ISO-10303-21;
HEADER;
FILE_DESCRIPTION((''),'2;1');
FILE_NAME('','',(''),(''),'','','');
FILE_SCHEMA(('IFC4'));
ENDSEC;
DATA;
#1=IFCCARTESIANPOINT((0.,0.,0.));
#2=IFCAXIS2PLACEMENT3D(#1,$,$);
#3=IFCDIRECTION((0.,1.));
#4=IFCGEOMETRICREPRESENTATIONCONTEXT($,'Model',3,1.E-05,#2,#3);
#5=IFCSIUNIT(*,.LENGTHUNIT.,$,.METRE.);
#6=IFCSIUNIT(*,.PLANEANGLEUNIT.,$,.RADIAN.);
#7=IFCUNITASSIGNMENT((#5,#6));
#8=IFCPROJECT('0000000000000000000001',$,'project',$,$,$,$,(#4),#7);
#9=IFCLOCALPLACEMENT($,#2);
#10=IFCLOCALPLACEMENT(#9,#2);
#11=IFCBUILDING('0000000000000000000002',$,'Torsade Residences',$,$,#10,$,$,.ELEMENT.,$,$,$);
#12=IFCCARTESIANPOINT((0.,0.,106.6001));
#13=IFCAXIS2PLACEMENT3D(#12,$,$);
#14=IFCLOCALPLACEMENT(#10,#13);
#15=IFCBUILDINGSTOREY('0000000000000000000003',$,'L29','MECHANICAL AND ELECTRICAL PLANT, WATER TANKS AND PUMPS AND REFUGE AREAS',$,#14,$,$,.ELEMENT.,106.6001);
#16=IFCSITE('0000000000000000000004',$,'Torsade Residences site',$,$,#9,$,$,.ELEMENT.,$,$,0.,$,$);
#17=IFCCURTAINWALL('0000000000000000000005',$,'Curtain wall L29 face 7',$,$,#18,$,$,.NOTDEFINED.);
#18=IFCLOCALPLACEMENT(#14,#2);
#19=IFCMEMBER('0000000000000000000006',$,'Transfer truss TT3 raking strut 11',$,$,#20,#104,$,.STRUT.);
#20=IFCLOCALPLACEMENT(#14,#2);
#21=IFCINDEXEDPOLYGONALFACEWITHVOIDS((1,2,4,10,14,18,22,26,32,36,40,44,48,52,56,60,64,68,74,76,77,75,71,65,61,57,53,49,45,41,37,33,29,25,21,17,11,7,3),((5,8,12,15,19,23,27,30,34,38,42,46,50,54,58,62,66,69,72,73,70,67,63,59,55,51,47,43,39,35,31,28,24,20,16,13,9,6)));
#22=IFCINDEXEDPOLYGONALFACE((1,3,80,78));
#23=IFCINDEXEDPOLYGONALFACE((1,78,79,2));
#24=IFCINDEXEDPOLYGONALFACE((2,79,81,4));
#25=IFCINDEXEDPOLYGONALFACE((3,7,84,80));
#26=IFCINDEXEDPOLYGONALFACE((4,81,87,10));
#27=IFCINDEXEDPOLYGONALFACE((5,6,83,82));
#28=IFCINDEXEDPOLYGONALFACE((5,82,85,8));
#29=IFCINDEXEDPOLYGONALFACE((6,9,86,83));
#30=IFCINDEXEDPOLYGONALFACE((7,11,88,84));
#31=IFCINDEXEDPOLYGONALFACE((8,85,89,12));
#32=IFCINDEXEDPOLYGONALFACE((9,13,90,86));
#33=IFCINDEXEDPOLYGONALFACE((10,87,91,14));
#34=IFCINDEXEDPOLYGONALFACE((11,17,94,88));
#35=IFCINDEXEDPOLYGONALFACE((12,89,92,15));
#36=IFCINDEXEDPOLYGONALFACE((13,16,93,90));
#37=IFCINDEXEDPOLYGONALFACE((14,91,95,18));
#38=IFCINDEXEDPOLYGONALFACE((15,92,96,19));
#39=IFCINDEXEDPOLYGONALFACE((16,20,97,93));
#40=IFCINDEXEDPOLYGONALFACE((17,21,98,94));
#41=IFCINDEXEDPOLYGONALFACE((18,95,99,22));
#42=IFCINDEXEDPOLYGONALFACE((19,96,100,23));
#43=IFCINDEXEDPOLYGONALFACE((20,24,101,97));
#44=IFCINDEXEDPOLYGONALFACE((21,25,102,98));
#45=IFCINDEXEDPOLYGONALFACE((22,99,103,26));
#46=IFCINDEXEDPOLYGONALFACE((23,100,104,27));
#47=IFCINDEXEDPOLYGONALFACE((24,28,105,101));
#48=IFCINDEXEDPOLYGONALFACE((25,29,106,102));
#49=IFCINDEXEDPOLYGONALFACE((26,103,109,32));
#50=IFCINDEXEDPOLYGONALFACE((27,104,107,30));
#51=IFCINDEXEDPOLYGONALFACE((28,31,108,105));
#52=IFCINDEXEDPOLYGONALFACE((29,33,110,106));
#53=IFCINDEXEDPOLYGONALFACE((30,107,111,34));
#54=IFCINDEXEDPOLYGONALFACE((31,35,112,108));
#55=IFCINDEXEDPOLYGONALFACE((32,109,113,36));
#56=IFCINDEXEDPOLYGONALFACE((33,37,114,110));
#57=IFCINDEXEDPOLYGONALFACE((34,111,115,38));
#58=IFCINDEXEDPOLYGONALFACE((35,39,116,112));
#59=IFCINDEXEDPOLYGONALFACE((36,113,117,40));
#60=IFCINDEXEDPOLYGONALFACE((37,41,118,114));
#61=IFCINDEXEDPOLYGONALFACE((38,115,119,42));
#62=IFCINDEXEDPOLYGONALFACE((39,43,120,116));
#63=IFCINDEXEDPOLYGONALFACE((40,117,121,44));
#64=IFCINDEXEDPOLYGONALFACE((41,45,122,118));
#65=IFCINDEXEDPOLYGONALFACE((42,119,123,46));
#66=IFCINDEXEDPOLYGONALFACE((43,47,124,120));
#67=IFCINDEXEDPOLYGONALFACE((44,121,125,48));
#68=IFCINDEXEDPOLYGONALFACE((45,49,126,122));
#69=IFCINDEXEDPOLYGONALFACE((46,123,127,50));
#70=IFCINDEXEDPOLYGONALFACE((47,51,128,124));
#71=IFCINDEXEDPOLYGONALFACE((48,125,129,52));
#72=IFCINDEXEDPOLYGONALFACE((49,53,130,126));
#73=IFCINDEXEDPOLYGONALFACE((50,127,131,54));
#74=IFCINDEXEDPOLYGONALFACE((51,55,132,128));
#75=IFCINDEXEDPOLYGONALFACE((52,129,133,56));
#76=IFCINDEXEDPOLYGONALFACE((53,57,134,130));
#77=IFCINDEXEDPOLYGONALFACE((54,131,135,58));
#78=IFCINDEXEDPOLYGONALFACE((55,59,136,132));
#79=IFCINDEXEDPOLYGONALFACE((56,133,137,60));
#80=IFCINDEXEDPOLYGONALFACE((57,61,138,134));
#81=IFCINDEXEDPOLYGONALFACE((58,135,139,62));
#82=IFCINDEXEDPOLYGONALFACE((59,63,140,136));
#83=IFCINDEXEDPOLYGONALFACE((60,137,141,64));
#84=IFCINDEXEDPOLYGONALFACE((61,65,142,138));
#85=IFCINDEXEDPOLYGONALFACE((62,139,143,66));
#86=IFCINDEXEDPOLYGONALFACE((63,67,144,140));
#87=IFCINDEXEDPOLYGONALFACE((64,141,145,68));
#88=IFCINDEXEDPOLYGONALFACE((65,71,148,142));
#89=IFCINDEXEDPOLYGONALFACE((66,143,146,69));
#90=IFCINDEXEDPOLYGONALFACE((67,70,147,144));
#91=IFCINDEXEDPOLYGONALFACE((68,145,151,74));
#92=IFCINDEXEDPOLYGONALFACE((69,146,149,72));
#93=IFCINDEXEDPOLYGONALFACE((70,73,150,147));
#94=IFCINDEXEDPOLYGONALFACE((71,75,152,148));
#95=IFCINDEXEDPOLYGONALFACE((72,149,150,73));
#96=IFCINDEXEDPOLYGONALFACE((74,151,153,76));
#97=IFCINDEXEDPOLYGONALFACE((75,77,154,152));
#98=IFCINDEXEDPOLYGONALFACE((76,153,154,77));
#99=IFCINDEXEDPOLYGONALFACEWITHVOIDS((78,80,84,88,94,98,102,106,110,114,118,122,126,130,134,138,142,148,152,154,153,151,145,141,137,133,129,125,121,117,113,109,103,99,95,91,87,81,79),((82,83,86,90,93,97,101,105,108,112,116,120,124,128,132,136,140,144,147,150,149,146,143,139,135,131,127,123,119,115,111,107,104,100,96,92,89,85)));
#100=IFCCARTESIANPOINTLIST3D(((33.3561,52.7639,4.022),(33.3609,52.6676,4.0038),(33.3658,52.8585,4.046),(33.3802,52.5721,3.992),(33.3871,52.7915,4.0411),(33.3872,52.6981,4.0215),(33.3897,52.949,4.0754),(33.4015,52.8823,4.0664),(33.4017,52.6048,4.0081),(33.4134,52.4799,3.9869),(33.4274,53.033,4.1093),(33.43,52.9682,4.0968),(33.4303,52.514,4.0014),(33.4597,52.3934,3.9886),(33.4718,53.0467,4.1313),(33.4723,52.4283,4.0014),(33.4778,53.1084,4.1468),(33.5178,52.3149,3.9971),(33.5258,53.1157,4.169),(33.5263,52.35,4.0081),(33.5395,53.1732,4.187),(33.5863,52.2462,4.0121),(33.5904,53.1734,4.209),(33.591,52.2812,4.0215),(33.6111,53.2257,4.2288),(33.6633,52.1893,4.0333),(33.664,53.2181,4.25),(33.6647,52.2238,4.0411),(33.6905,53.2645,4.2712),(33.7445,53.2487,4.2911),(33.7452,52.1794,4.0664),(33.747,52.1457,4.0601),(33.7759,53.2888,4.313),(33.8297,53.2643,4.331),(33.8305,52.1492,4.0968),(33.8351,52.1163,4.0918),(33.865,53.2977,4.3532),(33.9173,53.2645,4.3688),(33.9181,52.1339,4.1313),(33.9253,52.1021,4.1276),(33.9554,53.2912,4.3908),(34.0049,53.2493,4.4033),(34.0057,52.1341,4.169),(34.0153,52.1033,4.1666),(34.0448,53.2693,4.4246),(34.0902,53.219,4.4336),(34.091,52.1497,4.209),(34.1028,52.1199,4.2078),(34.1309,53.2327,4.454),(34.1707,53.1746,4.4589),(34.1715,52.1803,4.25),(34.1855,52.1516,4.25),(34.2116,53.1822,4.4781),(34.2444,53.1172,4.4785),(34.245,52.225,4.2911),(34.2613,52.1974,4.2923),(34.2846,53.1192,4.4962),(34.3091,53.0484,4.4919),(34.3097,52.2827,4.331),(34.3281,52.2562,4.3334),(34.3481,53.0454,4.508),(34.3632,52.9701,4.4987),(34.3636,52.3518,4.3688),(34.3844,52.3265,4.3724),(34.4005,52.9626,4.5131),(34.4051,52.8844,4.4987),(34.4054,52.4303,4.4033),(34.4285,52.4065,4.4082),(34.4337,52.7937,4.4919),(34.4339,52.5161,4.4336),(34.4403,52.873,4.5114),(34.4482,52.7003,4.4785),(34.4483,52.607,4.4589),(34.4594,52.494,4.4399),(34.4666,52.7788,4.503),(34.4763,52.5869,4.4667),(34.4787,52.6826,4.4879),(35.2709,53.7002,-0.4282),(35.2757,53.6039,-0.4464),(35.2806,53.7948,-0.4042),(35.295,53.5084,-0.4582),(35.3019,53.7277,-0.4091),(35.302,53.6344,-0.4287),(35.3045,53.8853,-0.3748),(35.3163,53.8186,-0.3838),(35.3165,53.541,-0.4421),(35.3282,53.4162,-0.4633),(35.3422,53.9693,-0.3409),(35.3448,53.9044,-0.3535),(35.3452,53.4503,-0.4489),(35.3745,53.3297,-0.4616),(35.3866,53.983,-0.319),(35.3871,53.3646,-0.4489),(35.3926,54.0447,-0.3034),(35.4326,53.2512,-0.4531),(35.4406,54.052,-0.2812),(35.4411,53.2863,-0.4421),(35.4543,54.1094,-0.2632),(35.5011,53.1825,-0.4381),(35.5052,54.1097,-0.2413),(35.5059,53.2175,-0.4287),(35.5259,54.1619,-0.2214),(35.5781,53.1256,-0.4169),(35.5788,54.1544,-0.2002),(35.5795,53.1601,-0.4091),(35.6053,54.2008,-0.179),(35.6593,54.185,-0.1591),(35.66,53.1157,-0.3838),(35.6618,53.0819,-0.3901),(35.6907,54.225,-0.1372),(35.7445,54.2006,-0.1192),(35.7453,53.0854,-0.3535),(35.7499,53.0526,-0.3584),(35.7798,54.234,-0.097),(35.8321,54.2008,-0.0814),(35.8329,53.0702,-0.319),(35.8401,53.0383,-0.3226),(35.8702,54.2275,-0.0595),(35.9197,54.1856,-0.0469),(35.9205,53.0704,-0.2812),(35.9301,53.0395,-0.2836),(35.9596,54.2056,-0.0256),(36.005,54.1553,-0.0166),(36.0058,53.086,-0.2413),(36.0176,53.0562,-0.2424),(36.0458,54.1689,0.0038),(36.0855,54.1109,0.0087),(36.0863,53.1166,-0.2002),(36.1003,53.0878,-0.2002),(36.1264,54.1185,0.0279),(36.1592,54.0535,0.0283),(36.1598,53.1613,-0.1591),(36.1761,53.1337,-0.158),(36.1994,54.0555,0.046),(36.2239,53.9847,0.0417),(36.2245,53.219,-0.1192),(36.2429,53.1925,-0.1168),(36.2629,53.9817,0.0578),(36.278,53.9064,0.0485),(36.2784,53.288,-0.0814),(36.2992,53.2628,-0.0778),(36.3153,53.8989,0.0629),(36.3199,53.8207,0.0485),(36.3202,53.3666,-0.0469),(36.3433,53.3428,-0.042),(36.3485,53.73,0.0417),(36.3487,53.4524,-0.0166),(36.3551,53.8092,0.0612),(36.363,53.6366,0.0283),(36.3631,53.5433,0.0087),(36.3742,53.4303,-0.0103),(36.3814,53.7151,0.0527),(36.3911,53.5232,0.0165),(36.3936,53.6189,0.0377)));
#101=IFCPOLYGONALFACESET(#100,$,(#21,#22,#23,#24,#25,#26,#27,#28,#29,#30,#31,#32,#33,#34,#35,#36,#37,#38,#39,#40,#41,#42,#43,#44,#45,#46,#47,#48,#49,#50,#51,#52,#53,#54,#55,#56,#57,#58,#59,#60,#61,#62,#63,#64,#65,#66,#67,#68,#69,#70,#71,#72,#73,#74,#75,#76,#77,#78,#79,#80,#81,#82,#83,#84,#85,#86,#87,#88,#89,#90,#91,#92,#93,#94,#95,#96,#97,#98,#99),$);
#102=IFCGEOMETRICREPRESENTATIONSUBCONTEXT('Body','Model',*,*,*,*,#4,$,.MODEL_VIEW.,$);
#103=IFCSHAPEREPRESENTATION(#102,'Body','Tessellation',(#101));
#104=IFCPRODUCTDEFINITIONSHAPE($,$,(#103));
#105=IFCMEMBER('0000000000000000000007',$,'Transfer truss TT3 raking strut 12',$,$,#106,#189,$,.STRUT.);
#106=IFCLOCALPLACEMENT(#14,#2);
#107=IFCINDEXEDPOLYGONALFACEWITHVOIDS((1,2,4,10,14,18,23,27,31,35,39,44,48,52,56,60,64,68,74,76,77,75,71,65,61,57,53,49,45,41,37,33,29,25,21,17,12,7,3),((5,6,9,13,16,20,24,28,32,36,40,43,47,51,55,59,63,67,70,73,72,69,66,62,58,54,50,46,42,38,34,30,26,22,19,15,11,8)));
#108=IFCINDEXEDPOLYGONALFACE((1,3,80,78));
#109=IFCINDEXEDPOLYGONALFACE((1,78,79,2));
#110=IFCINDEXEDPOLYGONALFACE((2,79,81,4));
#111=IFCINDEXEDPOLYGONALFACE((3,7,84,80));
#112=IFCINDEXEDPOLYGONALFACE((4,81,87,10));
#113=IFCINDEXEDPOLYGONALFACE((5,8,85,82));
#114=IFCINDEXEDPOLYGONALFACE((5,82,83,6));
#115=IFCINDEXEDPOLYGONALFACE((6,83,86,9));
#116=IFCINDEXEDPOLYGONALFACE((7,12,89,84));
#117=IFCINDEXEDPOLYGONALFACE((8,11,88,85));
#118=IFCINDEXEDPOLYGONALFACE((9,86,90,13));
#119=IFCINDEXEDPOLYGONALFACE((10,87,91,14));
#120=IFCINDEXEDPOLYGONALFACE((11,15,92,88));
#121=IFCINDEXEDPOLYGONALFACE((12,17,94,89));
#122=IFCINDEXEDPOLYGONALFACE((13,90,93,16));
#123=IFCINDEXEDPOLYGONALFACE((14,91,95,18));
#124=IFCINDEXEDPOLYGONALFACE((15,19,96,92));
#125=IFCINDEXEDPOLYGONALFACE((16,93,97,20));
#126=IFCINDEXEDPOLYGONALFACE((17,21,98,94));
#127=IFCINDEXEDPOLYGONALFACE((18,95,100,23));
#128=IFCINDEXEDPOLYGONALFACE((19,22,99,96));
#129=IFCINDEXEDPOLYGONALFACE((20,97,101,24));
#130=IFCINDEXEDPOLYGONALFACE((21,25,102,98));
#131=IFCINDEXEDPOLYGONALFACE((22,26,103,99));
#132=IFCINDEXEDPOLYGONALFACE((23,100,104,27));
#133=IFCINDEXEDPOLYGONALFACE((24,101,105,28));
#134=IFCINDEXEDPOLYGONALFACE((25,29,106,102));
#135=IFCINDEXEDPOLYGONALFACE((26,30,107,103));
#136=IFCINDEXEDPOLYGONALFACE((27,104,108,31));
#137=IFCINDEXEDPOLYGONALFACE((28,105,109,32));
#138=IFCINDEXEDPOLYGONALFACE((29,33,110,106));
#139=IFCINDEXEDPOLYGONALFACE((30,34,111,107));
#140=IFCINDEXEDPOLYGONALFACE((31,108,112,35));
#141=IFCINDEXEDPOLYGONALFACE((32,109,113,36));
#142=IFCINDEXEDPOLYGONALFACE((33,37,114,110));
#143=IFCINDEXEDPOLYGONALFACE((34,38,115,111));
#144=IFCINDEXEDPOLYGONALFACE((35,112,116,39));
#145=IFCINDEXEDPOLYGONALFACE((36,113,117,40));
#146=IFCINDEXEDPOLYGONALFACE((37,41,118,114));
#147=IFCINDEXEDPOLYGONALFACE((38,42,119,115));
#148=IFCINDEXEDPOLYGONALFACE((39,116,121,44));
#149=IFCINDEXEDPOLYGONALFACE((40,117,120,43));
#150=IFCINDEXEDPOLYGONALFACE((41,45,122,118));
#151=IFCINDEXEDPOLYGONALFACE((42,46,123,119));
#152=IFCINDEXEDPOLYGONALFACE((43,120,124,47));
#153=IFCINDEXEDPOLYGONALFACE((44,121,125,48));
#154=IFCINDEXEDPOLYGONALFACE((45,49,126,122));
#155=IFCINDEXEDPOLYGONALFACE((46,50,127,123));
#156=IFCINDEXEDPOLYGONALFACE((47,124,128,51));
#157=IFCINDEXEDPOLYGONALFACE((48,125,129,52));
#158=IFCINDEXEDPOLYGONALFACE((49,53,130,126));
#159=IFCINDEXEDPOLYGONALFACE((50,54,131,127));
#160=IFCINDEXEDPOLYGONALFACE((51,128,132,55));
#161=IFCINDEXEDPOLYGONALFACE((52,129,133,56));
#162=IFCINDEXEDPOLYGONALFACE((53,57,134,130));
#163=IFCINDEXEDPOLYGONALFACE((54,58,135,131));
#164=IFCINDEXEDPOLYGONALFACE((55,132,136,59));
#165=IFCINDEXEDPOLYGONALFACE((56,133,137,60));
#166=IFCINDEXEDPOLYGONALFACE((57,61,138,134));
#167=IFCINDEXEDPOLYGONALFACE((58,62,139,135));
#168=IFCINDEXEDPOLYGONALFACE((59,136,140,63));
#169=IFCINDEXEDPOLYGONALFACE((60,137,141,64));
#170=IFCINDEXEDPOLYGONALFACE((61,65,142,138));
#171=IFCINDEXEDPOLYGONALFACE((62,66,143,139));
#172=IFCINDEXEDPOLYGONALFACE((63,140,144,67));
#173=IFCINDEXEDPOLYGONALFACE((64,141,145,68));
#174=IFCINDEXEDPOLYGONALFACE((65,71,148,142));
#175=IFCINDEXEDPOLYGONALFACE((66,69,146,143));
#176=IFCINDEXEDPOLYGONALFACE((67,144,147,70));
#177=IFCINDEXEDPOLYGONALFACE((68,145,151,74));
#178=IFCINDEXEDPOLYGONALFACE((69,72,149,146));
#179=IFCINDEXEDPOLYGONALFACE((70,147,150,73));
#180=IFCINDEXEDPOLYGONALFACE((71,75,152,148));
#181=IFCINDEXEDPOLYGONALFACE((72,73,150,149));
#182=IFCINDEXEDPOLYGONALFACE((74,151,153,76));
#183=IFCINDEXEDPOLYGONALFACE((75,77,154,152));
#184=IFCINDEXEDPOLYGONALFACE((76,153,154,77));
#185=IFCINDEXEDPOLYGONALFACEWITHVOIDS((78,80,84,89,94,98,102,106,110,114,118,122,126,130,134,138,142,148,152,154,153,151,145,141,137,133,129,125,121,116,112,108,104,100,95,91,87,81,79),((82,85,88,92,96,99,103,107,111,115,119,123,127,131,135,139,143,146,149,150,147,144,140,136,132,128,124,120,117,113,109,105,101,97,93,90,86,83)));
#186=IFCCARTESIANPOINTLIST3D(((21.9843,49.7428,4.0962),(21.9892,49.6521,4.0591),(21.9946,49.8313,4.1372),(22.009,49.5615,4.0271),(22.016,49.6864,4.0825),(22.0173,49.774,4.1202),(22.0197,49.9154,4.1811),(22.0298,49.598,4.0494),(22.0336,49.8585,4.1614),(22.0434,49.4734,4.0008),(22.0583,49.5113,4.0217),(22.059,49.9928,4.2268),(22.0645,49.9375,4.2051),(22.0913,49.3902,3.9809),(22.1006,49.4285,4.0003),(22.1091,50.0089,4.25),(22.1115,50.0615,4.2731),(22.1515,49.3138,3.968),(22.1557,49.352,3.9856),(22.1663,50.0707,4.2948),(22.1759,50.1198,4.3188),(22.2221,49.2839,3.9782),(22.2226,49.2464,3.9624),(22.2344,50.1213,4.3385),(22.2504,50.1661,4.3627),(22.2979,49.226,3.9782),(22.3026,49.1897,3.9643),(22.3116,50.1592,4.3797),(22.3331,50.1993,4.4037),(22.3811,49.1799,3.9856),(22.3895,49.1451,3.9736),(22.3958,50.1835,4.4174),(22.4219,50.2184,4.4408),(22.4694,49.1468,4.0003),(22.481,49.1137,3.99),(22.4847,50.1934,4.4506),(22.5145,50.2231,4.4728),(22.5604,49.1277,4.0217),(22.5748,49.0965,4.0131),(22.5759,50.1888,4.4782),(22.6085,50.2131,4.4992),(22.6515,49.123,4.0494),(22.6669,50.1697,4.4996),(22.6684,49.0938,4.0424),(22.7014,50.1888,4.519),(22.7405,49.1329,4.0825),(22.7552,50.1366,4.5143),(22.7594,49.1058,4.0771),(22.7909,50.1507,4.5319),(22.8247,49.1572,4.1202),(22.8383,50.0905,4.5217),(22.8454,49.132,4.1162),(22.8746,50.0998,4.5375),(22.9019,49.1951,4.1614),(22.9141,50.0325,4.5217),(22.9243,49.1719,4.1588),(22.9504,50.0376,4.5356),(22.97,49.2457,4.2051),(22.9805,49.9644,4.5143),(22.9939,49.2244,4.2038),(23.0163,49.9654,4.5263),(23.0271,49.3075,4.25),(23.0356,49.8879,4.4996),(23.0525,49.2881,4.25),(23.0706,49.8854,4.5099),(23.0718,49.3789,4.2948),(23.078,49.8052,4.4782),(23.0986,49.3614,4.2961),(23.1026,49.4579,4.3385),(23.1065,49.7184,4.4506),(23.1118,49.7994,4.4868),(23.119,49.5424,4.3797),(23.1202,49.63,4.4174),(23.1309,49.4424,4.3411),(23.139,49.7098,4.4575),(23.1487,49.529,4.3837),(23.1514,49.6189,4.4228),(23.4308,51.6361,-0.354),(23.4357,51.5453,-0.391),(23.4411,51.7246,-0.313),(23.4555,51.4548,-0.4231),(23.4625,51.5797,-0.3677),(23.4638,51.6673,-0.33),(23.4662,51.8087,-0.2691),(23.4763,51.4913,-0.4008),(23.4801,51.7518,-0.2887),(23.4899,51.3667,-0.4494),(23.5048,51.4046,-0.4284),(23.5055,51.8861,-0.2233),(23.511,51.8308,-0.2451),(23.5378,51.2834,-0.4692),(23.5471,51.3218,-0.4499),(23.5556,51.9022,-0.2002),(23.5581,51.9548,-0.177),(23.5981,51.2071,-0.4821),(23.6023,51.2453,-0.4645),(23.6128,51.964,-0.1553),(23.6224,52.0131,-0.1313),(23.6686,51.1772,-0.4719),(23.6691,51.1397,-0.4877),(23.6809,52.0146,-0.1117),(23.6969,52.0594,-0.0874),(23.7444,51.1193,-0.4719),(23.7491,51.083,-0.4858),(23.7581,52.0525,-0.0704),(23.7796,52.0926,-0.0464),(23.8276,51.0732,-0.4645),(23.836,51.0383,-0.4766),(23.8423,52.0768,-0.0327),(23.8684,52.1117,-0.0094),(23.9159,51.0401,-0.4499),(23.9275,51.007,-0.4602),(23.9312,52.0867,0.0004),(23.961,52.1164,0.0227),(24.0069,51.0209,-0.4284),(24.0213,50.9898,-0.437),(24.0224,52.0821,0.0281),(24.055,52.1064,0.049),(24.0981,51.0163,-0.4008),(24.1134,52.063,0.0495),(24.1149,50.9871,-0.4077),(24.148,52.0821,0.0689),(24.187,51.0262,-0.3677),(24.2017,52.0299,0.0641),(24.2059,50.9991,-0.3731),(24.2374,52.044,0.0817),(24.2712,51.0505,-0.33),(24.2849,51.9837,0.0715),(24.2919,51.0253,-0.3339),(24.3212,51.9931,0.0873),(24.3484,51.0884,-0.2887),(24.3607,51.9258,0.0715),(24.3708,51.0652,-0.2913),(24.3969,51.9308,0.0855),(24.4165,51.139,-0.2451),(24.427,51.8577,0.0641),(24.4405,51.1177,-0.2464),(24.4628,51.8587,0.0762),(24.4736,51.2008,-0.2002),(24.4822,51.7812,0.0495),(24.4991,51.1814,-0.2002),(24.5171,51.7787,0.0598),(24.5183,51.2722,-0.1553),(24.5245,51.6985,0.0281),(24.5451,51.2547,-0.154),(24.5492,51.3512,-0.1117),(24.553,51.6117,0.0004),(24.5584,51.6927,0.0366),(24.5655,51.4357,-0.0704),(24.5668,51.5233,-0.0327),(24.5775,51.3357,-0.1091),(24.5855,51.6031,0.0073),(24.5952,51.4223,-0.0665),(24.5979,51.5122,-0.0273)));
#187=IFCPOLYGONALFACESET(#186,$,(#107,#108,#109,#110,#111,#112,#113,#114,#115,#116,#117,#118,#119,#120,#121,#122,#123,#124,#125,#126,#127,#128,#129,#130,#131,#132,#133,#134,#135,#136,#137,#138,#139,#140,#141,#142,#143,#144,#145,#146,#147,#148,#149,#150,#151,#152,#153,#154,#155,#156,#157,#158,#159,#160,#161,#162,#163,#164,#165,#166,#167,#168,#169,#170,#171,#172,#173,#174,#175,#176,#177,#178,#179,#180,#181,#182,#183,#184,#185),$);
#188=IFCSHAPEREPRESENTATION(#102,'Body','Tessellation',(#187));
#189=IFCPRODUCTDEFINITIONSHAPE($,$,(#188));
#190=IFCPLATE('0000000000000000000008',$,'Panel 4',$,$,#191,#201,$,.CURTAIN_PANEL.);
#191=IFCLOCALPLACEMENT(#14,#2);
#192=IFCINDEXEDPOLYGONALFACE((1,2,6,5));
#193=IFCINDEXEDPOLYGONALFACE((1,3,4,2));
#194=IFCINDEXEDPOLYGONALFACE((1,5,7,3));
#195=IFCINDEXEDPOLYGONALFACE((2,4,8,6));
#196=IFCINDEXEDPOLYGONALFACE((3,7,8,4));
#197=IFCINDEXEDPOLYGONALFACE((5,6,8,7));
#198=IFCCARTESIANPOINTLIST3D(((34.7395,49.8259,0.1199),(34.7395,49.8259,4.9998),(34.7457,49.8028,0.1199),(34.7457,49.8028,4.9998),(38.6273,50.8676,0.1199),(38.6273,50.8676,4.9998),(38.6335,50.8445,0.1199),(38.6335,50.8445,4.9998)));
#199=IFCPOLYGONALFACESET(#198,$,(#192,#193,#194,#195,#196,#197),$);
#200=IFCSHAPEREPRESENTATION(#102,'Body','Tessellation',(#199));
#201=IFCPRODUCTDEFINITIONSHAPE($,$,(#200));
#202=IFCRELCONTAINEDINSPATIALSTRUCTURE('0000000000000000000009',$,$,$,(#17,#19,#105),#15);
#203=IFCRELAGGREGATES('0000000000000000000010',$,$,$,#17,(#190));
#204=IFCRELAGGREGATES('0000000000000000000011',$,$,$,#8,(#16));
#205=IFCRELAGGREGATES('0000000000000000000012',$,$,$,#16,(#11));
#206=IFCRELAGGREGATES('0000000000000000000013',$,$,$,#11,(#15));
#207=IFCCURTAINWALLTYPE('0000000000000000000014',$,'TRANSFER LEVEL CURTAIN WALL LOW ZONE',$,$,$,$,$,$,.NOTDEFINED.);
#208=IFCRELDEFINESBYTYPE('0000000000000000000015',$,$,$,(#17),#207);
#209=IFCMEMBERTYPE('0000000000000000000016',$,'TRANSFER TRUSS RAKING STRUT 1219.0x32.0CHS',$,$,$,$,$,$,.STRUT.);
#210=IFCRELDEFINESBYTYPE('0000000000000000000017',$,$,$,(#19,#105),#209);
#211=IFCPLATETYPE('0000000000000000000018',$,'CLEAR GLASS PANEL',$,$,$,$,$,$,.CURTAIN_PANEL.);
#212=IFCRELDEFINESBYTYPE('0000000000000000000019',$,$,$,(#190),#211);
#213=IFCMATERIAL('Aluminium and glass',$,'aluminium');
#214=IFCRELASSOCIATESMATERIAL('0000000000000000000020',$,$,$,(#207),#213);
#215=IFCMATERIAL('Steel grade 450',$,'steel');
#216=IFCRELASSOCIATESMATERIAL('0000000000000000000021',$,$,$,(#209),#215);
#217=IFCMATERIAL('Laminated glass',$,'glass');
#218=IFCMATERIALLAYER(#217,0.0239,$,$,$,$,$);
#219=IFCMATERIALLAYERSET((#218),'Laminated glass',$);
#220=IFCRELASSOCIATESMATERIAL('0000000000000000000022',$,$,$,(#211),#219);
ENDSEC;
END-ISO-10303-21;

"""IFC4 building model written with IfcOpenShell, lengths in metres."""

from ifc_helpers import new_model, si_unit, direction, frame, origin, origin_2d, place, context, subcontext, project, spatial, rectangle, hollow_circle, extrude, material, layer, layer_set, material_profile, profile_set, type_object, element, aggregate, save


model = new_model("IFC4")

# Units and contexts
model_context = context("Model", 3, precision=1e-05, world=origin(), true_north=direction((0.0, 1.0)))
body_context = subcontext(model_context, "Body", "Model", "MODEL_VIEW")
ifc_project = project(units=[si_unit("LENGTHUNIT", "METRE"), si_unit("PLANEANGLEUNIT", "RADIAN")], contexts=[model_context])

# Site, building, storey
site_placement = place(None, origin())
site = spatial("IfcSite", under=ifc_project, at=site_placement, Name="Torsade Residences site", CompositionType="ELEMENT", RefElevation=0.0)
building_placement = place(site_placement, origin())
building = spatial("IfcBuilding", under=site, at=building_placement, Name="Torsade Residences", CompositionType="ELEMENT")
storey_placement = place(building_placement, frame((0.0, 0.0, 106.6001)))
storey = spatial("IfcBuildingStorey", under=building, at=storey_placement, Name="L29", Description="MECHANICAL AND ELECTRICAL PLANT, WATER TANKS AND PUMPS AND REFUGE AREAS", CompositionType="ELEMENT", Elevation=106.6001)

# Curtain wall
ifc_material_1 = material(Name="Aluminium and glass", Category="aluminium")
curtain_wall_type = type_object("IfcCurtainWallType", Name="TRANSFER LEVEL CURTAIN WALL LOW ZONE", PredefinedType="NOTDEFINED", material=ifc_material_1)
curtain_wall_placement = place(storey_placement, origin())
curtain_wall = element("IfcCurtainWall", 1, at=curtain_wall_placement, inside=storey, type_object=curtain_wall_type, Name="Curtain wall L29 face 7", PredefinedType="NOTDEFINED")

# Members
ifc_material_2 = material(Name="Steel grade 450", Category="steel")
ifc_material_profile_1 = material_profile(ifc_material_2, hollow_circle(Radius=0.6096, WallThickness=0.032, at=origin_2d()), Name="1219.0x32.0CHS")
ifc_profile_set_1 = profile_set([ifc_material_profile_1], Name="Steel grade 450")
member_type_1 = type_object("IfcMemberType", Name="TRANSFER TRUSS RAKING STRUT 1219.0x32.0CHS", PredefinedType="STRUT", material=ifc_profile_set_1)
member_1_placement = place(storey_placement, frame((35.8325, 53.6355, -0.2002), z_axis=(-0.388058, -0.189749, 0.90189), x_axis=(0.43927, -0.898355, 0.0)))
element("IfcMember", 2, at=member_1_placement, inside=storey, type_object=member_type_1, Name="Transfer truss TT3 raking strut 11", PredefinedType="STRUT", context=body_context, shape_type="SweptSolid", body=[
    extrude(hollow_circle(Radius=0.6096, WallThickness=0.032, at=origin_2d()), origin(), (0.0, 0.0, 1.0), 4.9343),
])
member_2_placement = place(storey_placement, frame((24.0146, 51.5515, -0.2002), z_axis=(-0.286561, -0.375069, 0.881593), x_axis=(0.79462, -0.607108, 0.0)))
element("IfcMember", 3, at=member_2_placement, inside=storey, type_object=member_type_1, Name="Transfer truss TT3 raking strut 12", PredefinedType="STRUT", context=body_context, shape_type="SweptSolid", body=[
    extrude(hollow_circle(Radius=0.6096, WallThickness=0.032, at=origin_2d()), origin(), (0.0, 0.0, 1.0), 5.0479),
])

# Plate
ifc_material_3 = material(Name="Laminated glass", Category="glass")
ifc_layer_1 = layer(ifc_material_3, 0.0239)
ifc_layer_set_1 = layer_set([ifc_layer_1], Name="Laminated glass")
plate_type = type_object("IfcPlateType", Name="CLEAR GLASS PANEL", PredefinedType="CURTAIN_PANEL", material=ifc_layer_set_1)
plate_1_placement = place(storey_placement, frame((36.6865, 50.3352, 0.1199), z_axis=(0.0, 0.0, 1.0), x_axis=(-0.965926, -0.258819, 0.0)))
plate_1 = element("IfcPlate", 4, at=plate_1_placement, type_object=plate_type, Name="Panel 4", PredefinedType="CURTAIN_PANEL", context=body_context, shape_type="SweptSolid", body=[
    extrude(rectangle(XDim=4.0249, YDim=0.0239, at=origin_2d()), origin(), (0.0, 0.0, 1.0), 4.8799),
])
aggregate(curtain_wall, [plate_1])

save(model, "model.ifc")
